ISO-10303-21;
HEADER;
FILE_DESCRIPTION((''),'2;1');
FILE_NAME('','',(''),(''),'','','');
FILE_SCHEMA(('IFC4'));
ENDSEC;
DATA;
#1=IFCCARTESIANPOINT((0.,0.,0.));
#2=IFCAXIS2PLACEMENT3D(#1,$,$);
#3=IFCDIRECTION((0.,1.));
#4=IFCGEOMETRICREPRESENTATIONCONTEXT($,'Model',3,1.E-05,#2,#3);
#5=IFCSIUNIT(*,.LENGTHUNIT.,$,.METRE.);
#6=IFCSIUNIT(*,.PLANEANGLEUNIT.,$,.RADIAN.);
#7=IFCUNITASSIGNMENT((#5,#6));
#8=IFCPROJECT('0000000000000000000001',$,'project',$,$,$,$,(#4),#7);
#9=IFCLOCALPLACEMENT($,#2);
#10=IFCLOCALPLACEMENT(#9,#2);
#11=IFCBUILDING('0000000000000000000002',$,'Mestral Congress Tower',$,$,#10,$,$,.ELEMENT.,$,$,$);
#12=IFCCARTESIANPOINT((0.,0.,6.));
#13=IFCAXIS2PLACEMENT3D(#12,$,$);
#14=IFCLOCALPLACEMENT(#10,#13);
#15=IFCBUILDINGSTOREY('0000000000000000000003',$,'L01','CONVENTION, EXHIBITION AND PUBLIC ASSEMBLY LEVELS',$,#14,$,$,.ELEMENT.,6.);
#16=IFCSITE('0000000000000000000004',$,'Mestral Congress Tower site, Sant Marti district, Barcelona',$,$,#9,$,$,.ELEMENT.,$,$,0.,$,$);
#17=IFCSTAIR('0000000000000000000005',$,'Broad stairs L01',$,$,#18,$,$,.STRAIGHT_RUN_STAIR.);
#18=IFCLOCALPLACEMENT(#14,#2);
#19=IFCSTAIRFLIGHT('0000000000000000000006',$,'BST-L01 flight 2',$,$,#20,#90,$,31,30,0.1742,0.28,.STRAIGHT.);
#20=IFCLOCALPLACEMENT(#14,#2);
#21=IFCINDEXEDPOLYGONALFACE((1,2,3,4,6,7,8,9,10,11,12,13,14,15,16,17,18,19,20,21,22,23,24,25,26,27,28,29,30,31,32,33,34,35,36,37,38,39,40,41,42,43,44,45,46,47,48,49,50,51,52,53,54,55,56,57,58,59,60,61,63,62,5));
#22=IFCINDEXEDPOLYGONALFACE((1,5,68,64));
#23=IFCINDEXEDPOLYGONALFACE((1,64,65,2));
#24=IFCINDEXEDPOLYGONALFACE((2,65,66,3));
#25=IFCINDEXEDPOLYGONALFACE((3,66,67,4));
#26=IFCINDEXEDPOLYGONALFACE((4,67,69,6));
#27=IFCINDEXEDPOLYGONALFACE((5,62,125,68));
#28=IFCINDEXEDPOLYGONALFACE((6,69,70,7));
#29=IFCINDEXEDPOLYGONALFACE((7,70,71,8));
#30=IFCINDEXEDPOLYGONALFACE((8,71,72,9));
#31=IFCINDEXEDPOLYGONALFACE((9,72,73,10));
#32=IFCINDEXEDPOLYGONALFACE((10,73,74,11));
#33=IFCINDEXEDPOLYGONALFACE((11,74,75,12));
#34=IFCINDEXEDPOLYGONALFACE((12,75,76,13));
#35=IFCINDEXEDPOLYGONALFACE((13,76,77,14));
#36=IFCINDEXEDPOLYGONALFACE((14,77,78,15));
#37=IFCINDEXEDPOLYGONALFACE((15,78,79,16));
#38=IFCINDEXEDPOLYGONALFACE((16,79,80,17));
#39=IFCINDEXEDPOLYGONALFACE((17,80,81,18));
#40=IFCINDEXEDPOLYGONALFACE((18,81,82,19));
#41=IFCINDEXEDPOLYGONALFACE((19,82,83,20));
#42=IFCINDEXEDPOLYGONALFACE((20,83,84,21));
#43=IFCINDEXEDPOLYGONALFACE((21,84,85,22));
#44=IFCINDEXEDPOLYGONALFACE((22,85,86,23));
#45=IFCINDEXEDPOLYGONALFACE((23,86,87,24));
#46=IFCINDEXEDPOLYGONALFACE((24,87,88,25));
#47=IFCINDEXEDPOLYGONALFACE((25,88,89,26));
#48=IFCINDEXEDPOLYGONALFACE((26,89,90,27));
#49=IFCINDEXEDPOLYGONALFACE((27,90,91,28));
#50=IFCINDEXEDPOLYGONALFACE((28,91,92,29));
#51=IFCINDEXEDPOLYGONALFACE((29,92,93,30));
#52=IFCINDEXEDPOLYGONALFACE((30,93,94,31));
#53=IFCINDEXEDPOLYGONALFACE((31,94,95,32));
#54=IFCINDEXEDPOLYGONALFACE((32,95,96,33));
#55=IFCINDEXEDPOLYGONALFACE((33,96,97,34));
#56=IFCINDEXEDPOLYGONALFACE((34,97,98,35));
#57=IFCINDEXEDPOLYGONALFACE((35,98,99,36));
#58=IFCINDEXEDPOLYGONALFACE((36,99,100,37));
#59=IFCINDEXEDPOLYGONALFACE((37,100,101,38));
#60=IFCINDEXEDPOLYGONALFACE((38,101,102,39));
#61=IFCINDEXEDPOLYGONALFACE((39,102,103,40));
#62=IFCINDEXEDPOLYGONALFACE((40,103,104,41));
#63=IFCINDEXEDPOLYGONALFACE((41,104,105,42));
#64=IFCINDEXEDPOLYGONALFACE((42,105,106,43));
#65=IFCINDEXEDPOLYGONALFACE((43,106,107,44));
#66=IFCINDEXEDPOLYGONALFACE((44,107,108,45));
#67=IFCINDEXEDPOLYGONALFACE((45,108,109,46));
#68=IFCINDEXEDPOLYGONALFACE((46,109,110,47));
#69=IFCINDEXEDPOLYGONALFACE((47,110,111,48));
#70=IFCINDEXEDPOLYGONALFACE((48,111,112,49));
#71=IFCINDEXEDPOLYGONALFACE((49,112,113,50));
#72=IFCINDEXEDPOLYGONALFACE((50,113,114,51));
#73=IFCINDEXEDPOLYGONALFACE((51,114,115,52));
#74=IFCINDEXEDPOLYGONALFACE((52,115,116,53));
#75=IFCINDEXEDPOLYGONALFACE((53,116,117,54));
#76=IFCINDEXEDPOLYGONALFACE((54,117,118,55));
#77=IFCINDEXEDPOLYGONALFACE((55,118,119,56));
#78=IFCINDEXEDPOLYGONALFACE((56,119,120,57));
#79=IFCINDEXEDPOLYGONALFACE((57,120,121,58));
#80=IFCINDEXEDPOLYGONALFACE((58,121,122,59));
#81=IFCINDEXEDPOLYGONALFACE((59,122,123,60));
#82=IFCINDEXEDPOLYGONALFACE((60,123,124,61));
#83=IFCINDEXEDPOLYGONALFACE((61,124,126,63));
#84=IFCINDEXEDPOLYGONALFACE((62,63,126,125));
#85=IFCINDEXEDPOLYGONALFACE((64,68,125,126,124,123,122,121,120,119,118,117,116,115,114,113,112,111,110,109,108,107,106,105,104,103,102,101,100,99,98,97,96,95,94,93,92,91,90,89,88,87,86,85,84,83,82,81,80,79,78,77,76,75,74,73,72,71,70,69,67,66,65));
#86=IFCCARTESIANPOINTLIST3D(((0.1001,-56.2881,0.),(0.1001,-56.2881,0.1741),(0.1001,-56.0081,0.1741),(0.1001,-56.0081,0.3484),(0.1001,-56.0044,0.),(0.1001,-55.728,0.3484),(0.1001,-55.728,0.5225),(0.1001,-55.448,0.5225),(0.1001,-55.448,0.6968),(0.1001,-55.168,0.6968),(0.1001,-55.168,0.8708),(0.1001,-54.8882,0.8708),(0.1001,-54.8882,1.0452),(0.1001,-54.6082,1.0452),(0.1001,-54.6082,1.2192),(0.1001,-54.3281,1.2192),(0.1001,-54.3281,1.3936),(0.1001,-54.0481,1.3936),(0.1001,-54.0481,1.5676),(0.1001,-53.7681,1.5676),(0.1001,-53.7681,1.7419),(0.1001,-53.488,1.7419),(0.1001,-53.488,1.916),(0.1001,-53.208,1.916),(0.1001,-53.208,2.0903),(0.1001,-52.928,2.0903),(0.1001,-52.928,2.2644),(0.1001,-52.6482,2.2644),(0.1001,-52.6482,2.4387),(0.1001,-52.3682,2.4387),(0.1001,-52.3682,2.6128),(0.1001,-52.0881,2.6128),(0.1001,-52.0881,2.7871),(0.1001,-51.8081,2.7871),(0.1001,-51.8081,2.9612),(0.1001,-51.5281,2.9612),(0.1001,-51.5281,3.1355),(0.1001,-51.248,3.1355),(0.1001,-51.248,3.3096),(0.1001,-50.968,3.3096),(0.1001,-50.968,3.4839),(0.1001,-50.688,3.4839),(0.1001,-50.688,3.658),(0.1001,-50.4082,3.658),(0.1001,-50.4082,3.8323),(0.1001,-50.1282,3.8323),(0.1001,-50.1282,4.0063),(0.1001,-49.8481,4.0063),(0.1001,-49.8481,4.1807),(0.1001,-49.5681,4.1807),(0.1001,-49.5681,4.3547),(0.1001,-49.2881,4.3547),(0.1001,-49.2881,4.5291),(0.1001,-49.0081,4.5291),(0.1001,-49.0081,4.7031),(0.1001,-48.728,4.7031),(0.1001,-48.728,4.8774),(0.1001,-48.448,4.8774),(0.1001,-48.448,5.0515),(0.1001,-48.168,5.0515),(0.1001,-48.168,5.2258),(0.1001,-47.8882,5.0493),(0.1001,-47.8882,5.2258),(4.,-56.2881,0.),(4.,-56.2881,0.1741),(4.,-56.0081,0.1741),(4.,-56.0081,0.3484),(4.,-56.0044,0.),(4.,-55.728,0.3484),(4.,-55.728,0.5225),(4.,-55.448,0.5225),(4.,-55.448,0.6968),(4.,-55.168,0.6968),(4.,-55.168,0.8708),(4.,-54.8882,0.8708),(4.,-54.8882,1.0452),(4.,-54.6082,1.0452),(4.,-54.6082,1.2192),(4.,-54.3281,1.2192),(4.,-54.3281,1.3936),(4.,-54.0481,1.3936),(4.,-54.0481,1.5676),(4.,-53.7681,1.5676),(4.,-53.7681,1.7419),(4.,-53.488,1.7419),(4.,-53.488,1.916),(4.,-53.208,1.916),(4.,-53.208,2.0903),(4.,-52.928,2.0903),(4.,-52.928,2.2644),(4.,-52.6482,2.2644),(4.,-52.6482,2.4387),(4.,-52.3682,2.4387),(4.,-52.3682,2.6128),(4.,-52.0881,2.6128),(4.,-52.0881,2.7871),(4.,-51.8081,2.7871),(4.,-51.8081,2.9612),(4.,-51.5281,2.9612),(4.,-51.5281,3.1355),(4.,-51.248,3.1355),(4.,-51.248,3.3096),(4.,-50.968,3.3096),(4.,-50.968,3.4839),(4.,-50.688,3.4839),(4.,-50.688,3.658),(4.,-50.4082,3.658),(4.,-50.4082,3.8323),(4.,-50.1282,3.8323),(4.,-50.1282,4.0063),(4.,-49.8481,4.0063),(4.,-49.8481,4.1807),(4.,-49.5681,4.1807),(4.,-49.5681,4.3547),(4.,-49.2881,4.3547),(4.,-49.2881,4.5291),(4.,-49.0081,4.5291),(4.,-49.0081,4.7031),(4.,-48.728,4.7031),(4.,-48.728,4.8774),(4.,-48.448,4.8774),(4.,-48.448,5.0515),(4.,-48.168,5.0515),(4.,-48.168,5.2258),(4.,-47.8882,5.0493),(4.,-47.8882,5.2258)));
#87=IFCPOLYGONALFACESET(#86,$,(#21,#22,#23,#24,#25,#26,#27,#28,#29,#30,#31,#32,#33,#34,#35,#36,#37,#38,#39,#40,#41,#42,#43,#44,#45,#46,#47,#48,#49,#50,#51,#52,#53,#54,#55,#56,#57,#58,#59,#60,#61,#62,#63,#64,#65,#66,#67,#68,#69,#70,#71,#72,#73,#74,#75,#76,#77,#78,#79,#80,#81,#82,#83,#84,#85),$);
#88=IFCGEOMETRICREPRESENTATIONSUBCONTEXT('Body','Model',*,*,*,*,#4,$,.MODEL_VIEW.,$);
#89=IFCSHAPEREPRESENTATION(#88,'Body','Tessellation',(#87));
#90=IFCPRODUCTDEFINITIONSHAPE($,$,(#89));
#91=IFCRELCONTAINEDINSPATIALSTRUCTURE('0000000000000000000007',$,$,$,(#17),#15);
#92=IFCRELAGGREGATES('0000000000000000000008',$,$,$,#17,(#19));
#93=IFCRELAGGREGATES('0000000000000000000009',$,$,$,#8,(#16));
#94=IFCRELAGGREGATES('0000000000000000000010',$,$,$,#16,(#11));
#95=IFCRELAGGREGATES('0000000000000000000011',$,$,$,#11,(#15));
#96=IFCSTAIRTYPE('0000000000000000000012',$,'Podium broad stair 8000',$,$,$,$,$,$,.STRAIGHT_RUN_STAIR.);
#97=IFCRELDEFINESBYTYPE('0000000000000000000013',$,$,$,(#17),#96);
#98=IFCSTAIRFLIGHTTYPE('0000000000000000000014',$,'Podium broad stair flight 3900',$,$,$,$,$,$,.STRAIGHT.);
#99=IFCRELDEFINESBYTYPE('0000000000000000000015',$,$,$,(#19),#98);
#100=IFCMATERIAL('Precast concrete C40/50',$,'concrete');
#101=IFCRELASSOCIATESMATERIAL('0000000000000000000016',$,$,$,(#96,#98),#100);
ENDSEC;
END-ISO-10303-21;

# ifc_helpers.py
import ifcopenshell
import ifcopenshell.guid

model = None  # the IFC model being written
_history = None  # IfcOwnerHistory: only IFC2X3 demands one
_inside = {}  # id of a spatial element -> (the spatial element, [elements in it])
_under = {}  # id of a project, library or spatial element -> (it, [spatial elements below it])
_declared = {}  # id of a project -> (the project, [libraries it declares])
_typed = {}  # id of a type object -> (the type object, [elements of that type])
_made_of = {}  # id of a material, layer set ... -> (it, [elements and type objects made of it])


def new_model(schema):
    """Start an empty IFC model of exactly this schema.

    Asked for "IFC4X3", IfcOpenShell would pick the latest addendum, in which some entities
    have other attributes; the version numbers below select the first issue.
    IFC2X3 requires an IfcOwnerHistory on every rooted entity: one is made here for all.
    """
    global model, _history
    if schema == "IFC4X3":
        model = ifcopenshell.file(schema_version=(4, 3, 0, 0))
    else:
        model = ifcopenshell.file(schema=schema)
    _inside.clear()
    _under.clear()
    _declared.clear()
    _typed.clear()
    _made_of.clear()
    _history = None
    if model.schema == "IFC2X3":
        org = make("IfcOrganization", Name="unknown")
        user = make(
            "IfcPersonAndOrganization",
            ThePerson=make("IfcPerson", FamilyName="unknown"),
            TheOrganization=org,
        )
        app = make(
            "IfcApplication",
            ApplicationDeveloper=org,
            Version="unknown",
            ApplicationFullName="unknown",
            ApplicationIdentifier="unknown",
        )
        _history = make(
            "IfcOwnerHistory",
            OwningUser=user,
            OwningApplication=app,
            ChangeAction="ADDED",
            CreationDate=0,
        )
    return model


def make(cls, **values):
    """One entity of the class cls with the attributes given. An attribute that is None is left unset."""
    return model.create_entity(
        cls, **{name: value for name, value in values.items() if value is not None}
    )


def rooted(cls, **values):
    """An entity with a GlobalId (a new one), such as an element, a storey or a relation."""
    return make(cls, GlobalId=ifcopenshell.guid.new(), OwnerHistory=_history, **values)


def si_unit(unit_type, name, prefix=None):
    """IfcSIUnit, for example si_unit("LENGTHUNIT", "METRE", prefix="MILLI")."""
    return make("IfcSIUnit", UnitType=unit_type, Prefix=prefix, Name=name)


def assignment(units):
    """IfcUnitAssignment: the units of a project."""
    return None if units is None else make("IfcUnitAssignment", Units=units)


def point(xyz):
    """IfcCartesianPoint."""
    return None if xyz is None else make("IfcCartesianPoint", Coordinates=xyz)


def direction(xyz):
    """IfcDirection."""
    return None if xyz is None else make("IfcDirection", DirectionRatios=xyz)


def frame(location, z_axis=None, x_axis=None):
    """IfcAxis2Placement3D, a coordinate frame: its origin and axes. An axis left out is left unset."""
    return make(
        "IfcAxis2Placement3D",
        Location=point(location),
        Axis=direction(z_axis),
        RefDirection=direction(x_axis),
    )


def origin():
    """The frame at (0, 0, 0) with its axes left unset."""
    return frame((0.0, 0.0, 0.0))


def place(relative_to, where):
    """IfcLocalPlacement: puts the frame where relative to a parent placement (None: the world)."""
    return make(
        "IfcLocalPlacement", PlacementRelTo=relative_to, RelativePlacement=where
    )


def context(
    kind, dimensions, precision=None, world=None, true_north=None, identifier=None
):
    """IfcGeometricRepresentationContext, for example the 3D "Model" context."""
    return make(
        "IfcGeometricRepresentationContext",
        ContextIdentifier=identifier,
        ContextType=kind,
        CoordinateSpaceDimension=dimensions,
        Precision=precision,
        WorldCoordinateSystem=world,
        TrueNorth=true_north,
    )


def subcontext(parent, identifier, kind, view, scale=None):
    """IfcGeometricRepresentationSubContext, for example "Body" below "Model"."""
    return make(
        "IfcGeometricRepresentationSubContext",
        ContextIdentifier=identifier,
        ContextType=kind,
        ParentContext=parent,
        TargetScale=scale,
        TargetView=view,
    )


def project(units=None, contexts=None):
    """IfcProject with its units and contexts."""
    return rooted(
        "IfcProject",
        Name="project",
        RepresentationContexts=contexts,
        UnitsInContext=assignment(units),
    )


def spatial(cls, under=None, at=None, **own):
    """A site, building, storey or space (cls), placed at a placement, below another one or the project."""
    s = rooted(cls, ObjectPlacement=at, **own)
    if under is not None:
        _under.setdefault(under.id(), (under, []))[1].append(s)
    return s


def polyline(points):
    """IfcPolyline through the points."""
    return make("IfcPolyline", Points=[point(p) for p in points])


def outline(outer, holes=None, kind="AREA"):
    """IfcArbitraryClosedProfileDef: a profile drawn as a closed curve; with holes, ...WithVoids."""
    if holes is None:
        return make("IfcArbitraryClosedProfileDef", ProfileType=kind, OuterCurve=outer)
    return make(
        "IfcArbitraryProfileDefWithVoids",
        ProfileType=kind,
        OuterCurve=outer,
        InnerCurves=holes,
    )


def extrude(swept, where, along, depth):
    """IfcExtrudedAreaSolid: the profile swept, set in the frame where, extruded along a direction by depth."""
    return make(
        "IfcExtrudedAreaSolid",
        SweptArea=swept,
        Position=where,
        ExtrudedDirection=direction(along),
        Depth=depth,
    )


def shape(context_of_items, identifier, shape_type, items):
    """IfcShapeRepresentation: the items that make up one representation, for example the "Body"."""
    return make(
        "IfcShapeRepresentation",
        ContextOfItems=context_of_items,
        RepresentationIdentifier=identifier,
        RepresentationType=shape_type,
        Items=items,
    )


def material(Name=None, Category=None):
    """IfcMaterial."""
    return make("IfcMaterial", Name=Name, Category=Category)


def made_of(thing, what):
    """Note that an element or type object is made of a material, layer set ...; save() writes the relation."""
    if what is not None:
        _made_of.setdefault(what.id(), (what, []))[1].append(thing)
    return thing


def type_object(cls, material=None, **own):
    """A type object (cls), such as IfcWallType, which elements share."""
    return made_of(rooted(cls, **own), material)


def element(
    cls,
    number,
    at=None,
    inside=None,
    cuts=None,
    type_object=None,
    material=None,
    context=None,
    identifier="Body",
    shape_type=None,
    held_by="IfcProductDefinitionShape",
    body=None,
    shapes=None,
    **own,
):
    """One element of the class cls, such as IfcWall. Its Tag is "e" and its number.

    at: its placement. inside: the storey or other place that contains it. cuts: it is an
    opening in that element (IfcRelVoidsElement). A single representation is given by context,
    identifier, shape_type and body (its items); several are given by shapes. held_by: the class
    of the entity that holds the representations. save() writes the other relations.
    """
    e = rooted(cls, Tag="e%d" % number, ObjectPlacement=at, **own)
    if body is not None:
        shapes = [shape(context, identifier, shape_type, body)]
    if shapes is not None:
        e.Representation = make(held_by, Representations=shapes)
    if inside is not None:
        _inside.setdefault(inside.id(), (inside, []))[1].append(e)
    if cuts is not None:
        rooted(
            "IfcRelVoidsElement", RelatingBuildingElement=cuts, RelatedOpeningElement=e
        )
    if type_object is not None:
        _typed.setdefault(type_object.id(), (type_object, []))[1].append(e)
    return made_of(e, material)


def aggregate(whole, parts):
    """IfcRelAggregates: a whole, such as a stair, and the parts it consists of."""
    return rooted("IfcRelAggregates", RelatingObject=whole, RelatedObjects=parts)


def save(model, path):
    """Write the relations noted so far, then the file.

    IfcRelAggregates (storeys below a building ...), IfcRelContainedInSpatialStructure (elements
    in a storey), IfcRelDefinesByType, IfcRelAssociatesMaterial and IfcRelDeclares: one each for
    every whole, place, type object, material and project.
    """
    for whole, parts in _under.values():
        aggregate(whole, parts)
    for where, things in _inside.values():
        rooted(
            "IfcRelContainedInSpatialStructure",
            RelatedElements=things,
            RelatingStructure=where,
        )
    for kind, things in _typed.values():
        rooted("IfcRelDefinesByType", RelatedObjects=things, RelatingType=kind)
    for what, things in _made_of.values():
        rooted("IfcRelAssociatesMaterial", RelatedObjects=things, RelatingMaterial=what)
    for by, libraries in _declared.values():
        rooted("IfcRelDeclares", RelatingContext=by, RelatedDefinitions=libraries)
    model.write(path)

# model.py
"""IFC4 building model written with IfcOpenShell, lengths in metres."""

from ifc_helpers import new_model, si_unit, direction, frame, origin, place, context, subcontext, project, spatial, polyline, outline, extrude, material, type_object, element, aggregate, save


model = new_model("IFC4")

# Units and contexts
model_context = context("Model", 3, precision=1e-05, world=origin(), true_north=direction((0.0, 1.0)))
body_context = subcontext(model_context, "Body", "Model", "MODEL_VIEW")
ifc_project = project(units=[si_unit("LENGTHUNIT", "METRE"), si_unit("PLANEANGLEUNIT", "RADIAN")], contexts=[model_context])

# Site, building, storey
site_placement = place(None, origin())
site = spatial("IfcSite", under=ifc_project, at=site_placement, Name="Mestral Congress Tower site, Sant Marti district, Barcelona", CompositionType="ELEMENT", RefElevation=0.0)
building_placement = place(site_placement, origin())
building = spatial("IfcBuilding", under=site, at=building_placement, Name="Mestral Congress Tower", CompositionType="ELEMENT")
storey_placement = place(building_placement, frame((0.0, 0.0, 6.0)))
storey = spatial("IfcBuildingStorey", under=building, at=storey_placement, Name="L01", Description="CONVENTION, EXHIBITION AND PUBLIC ASSEMBLY LEVELS", CompositionType="ELEMENT", Elevation=6.0)

# Stair, stair flight
ifc_material_1 = material(Name="Precast concrete C40/50", Category="concrete")
stair_type = type_object("IfcStairType", Name="Podium broad stair 8000", PredefinedType="STRAIGHT_RUN_STAIR", material=ifc_material_1)
stair_placement = place(storey_placement, origin())
stair = element("IfcStair", 1, at=stair_placement, inside=storey, type_object=stair_type, Name="Broad stairs L01", PredefinedType="STRAIGHT_RUN_STAIR")
stair_flight_type = type_object("IfcStairFlightType", Name="Podium broad stair flight 3900", PredefinedType="STRAIGHT", material=ifc_material_1)
stair_flight_placement = place(storey_placement, frame((2.05, -56.2881, 0.0), z_axis=(0.0, 0.0, 1.0), x_axis=(0.0, 1.0, 0.0)))
stair_flight = element("IfcStairFlight", 2, at=stair_flight_placement, type_object=stair_flight_type, Name="BST-L01 flight 2", NumberOfRisers=31, NumberOfTreads=30, PredefinedType="STRAIGHT", RiserHeight=0.1742, TreadLength=0.28, context=body_context, shape_type="SweptSolid", body=[
    extrude(outline(polyline([(0.0, 0.0), (0.0, 0.1741), (0.28, 0.1741), (0.28, 0.3484), (0.5601, 0.3484), (0.5601, 0.5225), (0.8401, 0.5225), (0.8401, 0.6968), (1.1201, 0.6968), (1.1201, 0.8708), (1.3999, 0.8708), (1.3999, 1.0452), (1.6799, 1.0452), (1.6799, 1.2192), (1.96, 1.2192), (1.96, 1.3936), (2.24, 1.3936), (2.24, 1.5676), (2.52, 1.5676), (2.52, 1.7419), (2.8, 1.7419), (2.8, 1.916), (3.0801, 1.916), (3.0801, 2.0903), (3.3601, 2.0903), (3.3601, 2.2644), (3.6399, 2.2644), (3.6399, 2.4387), (3.9199, 2.4387), (3.9199, 2.6128), (4.2, 2.6128), (4.2, 2.7871), (4.48, 2.7871), (4.48, 2.9612), (4.76, 2.9612), (4.76, 3.1355), (5.04, 3.1355), (5.04, 3.3096), (5.3201, 3.3096), (5.3201, 3.4839), (5.6001, 3.4839), (5.6001, 3.658), (5.8799, 3.658), (5.8799, 3.8323), (6.1599, 3.8323), (6.1599, 4.0063), (6.4399, 4.0063), (6.4399, 4.1807), (6.72, 4.1807), (6.72, 4.3547), (7.0, 4.3547), (7.0, 4.5291), (7.28, 4.5291), (7.28, 4.7031), (7.5601, 4.7031), (7.5601, 4.8774), (7.8401, 4.8774), (7.8401, 5.0515), (8.1201, 5.0515), (8.1201, 5.2258), (8.3999, 5.2258), (8.3999, 5.3999), (8.3999, 5.0493), (0.2837, 0.0), (0.0, 0.0)])), frame((0.0, 1.95, 0.0), z_axis=(0.0, -1.0, 0.0), x_axis=(1.0, 0.0, 0.0)), (0.0, 0.0, 1.0), 3.8999),
])
aggregate(stair, [stair_flight])

save(model, "model.ifc")
